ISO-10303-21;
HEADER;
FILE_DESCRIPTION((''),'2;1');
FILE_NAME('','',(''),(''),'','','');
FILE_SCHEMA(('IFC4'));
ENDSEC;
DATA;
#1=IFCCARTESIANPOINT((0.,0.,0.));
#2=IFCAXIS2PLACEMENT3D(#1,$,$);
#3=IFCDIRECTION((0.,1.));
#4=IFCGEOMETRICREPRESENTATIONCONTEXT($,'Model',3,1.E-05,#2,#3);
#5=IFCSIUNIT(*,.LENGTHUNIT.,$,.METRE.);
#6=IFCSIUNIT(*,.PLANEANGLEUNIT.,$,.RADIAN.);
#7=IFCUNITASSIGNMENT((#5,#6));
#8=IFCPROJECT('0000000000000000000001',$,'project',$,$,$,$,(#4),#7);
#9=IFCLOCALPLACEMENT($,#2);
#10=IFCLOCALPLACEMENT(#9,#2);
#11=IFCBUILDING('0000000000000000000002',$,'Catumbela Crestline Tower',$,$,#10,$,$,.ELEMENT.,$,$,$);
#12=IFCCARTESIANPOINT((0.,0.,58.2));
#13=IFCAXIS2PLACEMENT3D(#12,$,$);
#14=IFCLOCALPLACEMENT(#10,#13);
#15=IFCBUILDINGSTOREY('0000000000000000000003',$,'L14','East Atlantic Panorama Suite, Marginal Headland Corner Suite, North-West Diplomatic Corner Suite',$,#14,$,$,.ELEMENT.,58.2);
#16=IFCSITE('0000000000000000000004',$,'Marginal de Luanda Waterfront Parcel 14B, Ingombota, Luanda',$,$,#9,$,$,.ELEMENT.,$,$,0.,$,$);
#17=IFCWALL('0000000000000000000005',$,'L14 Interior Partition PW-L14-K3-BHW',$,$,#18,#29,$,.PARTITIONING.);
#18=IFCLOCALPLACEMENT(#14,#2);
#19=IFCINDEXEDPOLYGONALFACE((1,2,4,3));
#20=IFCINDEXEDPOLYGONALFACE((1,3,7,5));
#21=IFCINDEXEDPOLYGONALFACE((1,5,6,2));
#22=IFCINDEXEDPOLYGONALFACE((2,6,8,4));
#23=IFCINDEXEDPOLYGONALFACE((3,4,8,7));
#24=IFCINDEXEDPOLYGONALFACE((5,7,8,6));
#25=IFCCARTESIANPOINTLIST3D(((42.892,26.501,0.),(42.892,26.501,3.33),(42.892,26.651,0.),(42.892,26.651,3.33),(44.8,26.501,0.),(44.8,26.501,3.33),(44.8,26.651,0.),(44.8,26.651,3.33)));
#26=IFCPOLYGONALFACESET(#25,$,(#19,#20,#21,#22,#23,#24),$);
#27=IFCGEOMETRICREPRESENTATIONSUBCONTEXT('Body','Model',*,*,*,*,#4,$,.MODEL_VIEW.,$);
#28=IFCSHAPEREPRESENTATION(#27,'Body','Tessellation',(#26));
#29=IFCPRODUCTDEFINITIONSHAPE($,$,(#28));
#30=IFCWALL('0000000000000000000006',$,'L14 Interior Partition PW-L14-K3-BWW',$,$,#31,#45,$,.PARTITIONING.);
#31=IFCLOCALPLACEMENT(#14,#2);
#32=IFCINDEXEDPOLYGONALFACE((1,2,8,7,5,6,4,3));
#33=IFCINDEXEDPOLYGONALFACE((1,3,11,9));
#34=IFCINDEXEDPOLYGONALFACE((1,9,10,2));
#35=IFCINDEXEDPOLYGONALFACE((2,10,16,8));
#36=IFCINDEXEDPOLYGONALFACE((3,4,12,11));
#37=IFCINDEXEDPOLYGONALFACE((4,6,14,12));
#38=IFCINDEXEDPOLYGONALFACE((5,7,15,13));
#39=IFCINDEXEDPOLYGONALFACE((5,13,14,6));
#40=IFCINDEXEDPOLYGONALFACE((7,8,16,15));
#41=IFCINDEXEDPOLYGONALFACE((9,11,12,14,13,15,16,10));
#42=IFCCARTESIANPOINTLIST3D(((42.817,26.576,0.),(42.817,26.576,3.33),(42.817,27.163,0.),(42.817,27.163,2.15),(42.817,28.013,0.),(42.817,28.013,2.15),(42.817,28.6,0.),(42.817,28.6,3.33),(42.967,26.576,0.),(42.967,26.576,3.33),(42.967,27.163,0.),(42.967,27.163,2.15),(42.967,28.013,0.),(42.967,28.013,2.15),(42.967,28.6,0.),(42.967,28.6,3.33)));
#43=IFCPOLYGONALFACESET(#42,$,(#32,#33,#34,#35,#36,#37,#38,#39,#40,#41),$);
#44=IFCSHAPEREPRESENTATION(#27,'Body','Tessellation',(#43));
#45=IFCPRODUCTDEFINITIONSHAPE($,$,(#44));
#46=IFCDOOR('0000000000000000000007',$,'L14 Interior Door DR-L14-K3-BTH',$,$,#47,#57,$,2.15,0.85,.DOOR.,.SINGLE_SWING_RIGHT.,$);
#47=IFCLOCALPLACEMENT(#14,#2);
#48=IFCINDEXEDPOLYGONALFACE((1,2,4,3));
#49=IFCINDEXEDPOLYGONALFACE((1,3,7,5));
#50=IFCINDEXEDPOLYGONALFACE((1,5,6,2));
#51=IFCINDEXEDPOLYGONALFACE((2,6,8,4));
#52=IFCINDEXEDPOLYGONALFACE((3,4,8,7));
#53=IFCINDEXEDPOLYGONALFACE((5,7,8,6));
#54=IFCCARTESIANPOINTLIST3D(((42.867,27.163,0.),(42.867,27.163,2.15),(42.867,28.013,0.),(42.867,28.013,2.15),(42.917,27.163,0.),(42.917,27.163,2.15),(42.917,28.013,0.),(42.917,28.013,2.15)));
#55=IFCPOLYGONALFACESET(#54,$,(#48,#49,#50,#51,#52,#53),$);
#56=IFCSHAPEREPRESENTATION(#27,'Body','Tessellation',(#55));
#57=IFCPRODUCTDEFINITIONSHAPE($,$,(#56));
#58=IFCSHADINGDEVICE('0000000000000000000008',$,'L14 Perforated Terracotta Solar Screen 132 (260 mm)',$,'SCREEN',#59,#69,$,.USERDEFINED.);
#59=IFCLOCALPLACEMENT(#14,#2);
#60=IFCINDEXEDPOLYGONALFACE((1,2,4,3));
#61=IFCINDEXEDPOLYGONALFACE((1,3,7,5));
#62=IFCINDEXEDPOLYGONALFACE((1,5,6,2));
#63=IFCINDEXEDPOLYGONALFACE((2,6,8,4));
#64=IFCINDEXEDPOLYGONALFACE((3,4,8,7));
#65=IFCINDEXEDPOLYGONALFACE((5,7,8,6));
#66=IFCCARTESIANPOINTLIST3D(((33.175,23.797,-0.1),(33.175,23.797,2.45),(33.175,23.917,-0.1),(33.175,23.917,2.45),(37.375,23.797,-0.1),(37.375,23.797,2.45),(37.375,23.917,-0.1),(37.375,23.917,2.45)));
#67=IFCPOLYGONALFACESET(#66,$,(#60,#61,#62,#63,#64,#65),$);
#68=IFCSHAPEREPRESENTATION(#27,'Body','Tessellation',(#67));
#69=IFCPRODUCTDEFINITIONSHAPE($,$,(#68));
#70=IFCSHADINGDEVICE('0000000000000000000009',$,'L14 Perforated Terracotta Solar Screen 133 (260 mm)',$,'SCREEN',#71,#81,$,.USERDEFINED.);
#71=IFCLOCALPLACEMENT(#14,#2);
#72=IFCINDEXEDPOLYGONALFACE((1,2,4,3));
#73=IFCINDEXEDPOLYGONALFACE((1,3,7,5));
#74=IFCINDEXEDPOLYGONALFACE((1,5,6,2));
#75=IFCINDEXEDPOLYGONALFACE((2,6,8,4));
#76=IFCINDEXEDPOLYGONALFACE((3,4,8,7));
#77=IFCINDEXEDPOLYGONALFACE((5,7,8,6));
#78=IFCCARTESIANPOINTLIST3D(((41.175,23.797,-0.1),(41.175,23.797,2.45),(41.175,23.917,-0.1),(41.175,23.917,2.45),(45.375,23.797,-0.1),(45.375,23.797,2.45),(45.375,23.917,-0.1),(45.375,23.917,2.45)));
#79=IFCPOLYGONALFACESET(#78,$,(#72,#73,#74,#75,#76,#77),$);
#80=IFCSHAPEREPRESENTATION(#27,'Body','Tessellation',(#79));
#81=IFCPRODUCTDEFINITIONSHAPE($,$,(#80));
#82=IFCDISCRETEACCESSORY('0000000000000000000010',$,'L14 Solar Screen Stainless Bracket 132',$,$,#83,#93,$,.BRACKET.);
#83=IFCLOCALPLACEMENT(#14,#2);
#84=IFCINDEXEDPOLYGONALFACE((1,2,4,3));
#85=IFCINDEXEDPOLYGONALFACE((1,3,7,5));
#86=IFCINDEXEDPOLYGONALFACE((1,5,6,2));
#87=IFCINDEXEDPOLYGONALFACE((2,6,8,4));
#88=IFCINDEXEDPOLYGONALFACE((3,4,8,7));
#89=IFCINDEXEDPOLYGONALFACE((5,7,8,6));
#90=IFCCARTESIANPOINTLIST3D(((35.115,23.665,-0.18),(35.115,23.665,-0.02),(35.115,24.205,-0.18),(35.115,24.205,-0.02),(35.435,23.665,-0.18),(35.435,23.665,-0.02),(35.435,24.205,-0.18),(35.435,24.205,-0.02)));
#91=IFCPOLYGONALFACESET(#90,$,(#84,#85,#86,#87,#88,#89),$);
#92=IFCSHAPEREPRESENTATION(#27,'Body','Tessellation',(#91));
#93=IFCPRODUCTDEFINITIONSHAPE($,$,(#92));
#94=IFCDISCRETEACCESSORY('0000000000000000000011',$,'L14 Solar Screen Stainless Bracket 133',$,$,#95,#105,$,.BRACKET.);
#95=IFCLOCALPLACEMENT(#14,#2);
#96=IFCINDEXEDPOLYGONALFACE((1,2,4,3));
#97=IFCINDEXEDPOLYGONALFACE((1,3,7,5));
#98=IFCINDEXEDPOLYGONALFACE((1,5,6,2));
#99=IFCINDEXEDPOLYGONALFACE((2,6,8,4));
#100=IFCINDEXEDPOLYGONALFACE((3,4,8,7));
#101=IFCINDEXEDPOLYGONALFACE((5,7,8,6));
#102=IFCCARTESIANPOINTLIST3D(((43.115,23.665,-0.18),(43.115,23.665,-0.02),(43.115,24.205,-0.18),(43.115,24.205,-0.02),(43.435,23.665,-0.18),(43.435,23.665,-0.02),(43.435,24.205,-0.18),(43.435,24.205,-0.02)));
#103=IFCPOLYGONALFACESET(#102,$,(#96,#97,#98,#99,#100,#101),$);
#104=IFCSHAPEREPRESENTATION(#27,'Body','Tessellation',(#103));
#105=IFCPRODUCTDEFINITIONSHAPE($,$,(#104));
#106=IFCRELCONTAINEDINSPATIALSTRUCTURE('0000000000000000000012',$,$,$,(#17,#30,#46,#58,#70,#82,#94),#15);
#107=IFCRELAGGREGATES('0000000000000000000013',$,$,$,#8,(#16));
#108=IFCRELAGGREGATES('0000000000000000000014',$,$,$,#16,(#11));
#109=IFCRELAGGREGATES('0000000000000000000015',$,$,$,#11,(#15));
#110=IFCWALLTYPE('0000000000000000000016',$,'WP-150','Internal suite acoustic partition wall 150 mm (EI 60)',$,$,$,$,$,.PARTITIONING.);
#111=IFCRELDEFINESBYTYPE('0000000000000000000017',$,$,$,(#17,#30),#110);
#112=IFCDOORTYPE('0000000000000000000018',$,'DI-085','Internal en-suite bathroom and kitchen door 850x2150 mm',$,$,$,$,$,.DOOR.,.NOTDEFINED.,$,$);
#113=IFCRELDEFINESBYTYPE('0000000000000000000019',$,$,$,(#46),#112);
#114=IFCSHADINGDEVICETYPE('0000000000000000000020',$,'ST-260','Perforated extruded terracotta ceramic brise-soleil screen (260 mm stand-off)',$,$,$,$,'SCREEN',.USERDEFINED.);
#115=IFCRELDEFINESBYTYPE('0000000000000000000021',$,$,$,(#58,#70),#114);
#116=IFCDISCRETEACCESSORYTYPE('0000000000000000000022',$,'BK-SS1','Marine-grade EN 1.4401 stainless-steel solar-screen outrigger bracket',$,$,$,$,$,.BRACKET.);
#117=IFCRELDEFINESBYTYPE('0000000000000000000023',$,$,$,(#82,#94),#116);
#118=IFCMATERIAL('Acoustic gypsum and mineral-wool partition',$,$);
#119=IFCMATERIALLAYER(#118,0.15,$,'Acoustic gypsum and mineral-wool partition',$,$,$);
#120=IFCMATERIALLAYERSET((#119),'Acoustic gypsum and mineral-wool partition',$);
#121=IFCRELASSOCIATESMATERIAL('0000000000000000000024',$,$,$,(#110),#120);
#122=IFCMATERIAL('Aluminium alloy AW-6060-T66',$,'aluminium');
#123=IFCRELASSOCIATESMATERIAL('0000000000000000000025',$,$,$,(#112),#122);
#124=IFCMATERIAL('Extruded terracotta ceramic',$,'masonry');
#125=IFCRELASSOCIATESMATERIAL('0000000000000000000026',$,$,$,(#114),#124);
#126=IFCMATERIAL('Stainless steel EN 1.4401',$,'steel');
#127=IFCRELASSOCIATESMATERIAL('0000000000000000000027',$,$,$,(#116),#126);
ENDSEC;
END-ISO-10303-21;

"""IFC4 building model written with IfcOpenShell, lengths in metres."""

from ifc_helpers import new_model, si_unit, direction, frame, frame_2d, origin, origin_2d, place, context, subcontext, project, spatial, rectangle, extrude, material, layer, layer_set, type_object, element, fill, save


model = new_model("IFC4")

# Units and contexts
model_context = context("Model", 3, precision=1e-05, world=origin(), true_north=direction((0.0, 1.0)))
body_context = subcontext(model_context, "Body", "Model", "MODEL_VIEW")
ifc_project = project(units=[si_unit("LENGTHUNIT", "METRE"), si_unit("PLANEANGLEUNIT", "RADIAN")], contexts=[model_context])

# Site, building, storey
site_placement = place(None, origin())
site = spatial("IfcSite", under=ifc_project, at=site_placement, Name="Marginal de Luanda Waterfront Parcel 14B, Ingombota, Luanda", CompositionType="ELEMENT", RefElevation=0.0)
building_placement = place(site_placement, origin())
building = spatial("IfcBuilding", under=site, at=building_placement, Name="Catumbela Crestline Tower", CompositionType="ELEMENT")
storey_placement = place(building_placement, frame((0.0, 0.0, 58.2)))
storey = spatial("IfcBuildingStorey", under=building, at=storey_placement, Name="L14", Description="East Atlantic Panorama Suite, Marginal Headland Corner Suite, North-West Diplomatic Corner Suite", CompositionType="ELEMENT", Elevation=58.2)

# Shared definitions
ifc_material_1 = material(Name="Aluminium alloy AW-6060-T66", Category="aluminium")

# Shared definitions
ifc_material_2 = material(Name="Acoustic gypsum and mineral-wool partition")
ifc_layer_1 = layer(ifc_material_2, 0.15, Name="Acoustic gypsum and mineral-wool partition")
ifc_layer_set_1 = layer_set([ifc_layer_1], Name="Acoustic gypsum and mineral-wool partition")
wall_type_1 = type_object("IfcWallType", Name="WP-150", Description="Internal suite acoustic partition wall 150 mm (EI 60)", PredefinedType="PARTITIONING", material=ifc_layer_set_1)

# Shared definitions
door_type = type_object("IfcDoorType", Name="DI-085", Description="Internal en-suite bathroom and kitchen door 850x2150 mm", OperationType="NOTDEFINED", PredefinedType="DOOR", material=ifc_material_1)

# Wall
wall_1_placement = place(storey_placement, frame((42.892, 26.576, 0.0), z_axis=(0.0, 0.0, 1.0), x_axis=(1.0, 0.0, 0.0)))
element("IfcWall", 1, at=wall_1_placement, inside=storey, type_object=wall_type_1, Name="L14 Interior Partition PW-L14-K3-BHW", PredefinedType="PARTITIONING", context=body_context, shape_type="SweptSolid", body=[
    extrude(rectangle(XDim=1.908, YDim=0.15, at=frame_2d((0.954, 0.0))), origin(), (0.0, 0.0, 1.0), 3.33),
])

# Wall, opening, door
wall_2_placement = place(storey_placement, frame((42.892, 26.576, 0.0), z_axis=(0.0, 0.0, 1.0), x_axis=(0.0, 1.0, 0.0)))
wall_2 = element("IfcWall", 2, at=wall_2_placement, inside=storey, type_object=wall_type_1, Name="L14 Interior Partition PW-L14-K3-BWW", PredefinedType="PARTITIONING", context=body_context, shape_type="SweptSolid", body=[
    extrude(rectangle(XDim=2.024, YDim=0.15, at=frame_2d((1.012, 0.0))), origin(), (0.0, 0.0, 1.0), 3.33),
])
opening_1_placement = place(wall_2_placement, frame((0.587, 0.0, 0.0)))
opening_1 = element("IfcOpeningElement", 3, at=opening_1_placement, cuts=wall_2, PredefinedType="OPENING", context=body_context, shape_type="SweptSolid", body=[
    extrude(rectangle(XDim=0.85, YDim=2.15, at=frame_2d((0.425, 1.075))), frame((0.0, 0.085, 0.0), z_axis=(0.0, -1.0, 0.0), x_axis=(1.0, 0.0, 0.0)), (0.0, 0.0, 1.0), 0.17),
])
door_1_placement = place(opening_1_placement, origin())
door_1 = element("IfcDoor", 4, at=door_1_placement, inside=storey, type_object=door_type, Name="L14 Interior Door DR-L14-K3-BTH", OperationType="SINGLE_SWING_RIGHT", OverallHeight=2.15, OverallWidth=0.85, PredefinedType="DOOR", context=body_context, shape_type="SweptSolid", body=[
    extrude(rectangle(XDim=0.85, YDim=2.15, at=frame_2d((0.425, 1.075))), frame((0.0, 0.025, 0.0), z_axis=(0.0, -1.0, 0.0), x_axis=(1.0, 0.0, 0.0)), (0.0, 0.0, 1.0), 0.05),
])
fill(opening_1, door_1)

# Shading devices
ifc_material_3 = material(Name="Extruded terracotta ceramic", Category="masonry")
shading_device_type = type_object("IfcShadingDeviceType", Name="ST-260", Description="Perforated extruded terracotta ceramic brise-soleil screen (260 mm stand-off)", ElementType="SCREEN", PredefinedType="USERDEFINED", material=ifc_material_3)
for number, where, z_axis, x_axis, name in (
    (5, (35.275, 23.857, -0.1), (0.0, 0.0, 1.0), (1.0, 0.0, 0.0), "L14 Perforated Terracotta Solar Screen 132 (260 mm)"),
    (6, (43.275, 23.857, -0.1), (0.0, 0.0, 1.0), (1.0, 0.0, 0.0), "L14 Perforated Terracotta Solar Screen 133 (260 mm)"),
):
    element("IfcShadingDevice", number, at=place(storey_placement, frame(where, z_axis=z_axis, x_axis=x_axis)), inside=storey, type_object=shading_device_type, Name=name, ObjectType="SCREEN", PredefinedType="USERDEFINED", context=body_context, shape_type="SweptSolid", body=[
        extrude(rectangle(XDim=4.2, YDim=0.12, at=origin_2d()), origin(), (0.0, 0.0, 1.0), 2.55),
    ])

# Discrete accessories
ifc_material_4 = material(Name="Stainless steel EN 1.4401", Category="steel")
discrete_accessory_type = type_object("IfcDiscreteAccessoryType", Name="BK-SS1", Description="Marine-grade EN 1.4401 stainless-steel solar-screen outrigger bracket", PredefinedType="BRACKET", material=ifc_material_4)
for number, where, z_axis, x_axis, name in (
    (7, (35.275, 23.935, -0.18), (0.0, 0.0, 1.0), (1.0, 0.0, 0.0), "L14 Solar Screen Stainless Bracket 132"),
    (8, (43.275, 23.935, -0.18), (0.0, 0.0, 1.0), (1.0, 0.0, 0.0), "L14 Solar Screen Stainless Bracket 133"),
):
    element("IfcDiscreteAccessory", number, at=place(storey_placement, frame(where, z_axis=z_axis, x_axis=x_axis)), inside=storey, type_object=discrete_accessory_type, Name=name, PredefinedType="BRACKET", context=body_context, shape_type="SweptSolid", body=[
        extrude(rectangle(XDim=0.32, YDim=0.54, at=origin_2d()), origin(), (0.0, 0.0, 1.0), 0.16),
    ])

save(model, "model.ifc")
